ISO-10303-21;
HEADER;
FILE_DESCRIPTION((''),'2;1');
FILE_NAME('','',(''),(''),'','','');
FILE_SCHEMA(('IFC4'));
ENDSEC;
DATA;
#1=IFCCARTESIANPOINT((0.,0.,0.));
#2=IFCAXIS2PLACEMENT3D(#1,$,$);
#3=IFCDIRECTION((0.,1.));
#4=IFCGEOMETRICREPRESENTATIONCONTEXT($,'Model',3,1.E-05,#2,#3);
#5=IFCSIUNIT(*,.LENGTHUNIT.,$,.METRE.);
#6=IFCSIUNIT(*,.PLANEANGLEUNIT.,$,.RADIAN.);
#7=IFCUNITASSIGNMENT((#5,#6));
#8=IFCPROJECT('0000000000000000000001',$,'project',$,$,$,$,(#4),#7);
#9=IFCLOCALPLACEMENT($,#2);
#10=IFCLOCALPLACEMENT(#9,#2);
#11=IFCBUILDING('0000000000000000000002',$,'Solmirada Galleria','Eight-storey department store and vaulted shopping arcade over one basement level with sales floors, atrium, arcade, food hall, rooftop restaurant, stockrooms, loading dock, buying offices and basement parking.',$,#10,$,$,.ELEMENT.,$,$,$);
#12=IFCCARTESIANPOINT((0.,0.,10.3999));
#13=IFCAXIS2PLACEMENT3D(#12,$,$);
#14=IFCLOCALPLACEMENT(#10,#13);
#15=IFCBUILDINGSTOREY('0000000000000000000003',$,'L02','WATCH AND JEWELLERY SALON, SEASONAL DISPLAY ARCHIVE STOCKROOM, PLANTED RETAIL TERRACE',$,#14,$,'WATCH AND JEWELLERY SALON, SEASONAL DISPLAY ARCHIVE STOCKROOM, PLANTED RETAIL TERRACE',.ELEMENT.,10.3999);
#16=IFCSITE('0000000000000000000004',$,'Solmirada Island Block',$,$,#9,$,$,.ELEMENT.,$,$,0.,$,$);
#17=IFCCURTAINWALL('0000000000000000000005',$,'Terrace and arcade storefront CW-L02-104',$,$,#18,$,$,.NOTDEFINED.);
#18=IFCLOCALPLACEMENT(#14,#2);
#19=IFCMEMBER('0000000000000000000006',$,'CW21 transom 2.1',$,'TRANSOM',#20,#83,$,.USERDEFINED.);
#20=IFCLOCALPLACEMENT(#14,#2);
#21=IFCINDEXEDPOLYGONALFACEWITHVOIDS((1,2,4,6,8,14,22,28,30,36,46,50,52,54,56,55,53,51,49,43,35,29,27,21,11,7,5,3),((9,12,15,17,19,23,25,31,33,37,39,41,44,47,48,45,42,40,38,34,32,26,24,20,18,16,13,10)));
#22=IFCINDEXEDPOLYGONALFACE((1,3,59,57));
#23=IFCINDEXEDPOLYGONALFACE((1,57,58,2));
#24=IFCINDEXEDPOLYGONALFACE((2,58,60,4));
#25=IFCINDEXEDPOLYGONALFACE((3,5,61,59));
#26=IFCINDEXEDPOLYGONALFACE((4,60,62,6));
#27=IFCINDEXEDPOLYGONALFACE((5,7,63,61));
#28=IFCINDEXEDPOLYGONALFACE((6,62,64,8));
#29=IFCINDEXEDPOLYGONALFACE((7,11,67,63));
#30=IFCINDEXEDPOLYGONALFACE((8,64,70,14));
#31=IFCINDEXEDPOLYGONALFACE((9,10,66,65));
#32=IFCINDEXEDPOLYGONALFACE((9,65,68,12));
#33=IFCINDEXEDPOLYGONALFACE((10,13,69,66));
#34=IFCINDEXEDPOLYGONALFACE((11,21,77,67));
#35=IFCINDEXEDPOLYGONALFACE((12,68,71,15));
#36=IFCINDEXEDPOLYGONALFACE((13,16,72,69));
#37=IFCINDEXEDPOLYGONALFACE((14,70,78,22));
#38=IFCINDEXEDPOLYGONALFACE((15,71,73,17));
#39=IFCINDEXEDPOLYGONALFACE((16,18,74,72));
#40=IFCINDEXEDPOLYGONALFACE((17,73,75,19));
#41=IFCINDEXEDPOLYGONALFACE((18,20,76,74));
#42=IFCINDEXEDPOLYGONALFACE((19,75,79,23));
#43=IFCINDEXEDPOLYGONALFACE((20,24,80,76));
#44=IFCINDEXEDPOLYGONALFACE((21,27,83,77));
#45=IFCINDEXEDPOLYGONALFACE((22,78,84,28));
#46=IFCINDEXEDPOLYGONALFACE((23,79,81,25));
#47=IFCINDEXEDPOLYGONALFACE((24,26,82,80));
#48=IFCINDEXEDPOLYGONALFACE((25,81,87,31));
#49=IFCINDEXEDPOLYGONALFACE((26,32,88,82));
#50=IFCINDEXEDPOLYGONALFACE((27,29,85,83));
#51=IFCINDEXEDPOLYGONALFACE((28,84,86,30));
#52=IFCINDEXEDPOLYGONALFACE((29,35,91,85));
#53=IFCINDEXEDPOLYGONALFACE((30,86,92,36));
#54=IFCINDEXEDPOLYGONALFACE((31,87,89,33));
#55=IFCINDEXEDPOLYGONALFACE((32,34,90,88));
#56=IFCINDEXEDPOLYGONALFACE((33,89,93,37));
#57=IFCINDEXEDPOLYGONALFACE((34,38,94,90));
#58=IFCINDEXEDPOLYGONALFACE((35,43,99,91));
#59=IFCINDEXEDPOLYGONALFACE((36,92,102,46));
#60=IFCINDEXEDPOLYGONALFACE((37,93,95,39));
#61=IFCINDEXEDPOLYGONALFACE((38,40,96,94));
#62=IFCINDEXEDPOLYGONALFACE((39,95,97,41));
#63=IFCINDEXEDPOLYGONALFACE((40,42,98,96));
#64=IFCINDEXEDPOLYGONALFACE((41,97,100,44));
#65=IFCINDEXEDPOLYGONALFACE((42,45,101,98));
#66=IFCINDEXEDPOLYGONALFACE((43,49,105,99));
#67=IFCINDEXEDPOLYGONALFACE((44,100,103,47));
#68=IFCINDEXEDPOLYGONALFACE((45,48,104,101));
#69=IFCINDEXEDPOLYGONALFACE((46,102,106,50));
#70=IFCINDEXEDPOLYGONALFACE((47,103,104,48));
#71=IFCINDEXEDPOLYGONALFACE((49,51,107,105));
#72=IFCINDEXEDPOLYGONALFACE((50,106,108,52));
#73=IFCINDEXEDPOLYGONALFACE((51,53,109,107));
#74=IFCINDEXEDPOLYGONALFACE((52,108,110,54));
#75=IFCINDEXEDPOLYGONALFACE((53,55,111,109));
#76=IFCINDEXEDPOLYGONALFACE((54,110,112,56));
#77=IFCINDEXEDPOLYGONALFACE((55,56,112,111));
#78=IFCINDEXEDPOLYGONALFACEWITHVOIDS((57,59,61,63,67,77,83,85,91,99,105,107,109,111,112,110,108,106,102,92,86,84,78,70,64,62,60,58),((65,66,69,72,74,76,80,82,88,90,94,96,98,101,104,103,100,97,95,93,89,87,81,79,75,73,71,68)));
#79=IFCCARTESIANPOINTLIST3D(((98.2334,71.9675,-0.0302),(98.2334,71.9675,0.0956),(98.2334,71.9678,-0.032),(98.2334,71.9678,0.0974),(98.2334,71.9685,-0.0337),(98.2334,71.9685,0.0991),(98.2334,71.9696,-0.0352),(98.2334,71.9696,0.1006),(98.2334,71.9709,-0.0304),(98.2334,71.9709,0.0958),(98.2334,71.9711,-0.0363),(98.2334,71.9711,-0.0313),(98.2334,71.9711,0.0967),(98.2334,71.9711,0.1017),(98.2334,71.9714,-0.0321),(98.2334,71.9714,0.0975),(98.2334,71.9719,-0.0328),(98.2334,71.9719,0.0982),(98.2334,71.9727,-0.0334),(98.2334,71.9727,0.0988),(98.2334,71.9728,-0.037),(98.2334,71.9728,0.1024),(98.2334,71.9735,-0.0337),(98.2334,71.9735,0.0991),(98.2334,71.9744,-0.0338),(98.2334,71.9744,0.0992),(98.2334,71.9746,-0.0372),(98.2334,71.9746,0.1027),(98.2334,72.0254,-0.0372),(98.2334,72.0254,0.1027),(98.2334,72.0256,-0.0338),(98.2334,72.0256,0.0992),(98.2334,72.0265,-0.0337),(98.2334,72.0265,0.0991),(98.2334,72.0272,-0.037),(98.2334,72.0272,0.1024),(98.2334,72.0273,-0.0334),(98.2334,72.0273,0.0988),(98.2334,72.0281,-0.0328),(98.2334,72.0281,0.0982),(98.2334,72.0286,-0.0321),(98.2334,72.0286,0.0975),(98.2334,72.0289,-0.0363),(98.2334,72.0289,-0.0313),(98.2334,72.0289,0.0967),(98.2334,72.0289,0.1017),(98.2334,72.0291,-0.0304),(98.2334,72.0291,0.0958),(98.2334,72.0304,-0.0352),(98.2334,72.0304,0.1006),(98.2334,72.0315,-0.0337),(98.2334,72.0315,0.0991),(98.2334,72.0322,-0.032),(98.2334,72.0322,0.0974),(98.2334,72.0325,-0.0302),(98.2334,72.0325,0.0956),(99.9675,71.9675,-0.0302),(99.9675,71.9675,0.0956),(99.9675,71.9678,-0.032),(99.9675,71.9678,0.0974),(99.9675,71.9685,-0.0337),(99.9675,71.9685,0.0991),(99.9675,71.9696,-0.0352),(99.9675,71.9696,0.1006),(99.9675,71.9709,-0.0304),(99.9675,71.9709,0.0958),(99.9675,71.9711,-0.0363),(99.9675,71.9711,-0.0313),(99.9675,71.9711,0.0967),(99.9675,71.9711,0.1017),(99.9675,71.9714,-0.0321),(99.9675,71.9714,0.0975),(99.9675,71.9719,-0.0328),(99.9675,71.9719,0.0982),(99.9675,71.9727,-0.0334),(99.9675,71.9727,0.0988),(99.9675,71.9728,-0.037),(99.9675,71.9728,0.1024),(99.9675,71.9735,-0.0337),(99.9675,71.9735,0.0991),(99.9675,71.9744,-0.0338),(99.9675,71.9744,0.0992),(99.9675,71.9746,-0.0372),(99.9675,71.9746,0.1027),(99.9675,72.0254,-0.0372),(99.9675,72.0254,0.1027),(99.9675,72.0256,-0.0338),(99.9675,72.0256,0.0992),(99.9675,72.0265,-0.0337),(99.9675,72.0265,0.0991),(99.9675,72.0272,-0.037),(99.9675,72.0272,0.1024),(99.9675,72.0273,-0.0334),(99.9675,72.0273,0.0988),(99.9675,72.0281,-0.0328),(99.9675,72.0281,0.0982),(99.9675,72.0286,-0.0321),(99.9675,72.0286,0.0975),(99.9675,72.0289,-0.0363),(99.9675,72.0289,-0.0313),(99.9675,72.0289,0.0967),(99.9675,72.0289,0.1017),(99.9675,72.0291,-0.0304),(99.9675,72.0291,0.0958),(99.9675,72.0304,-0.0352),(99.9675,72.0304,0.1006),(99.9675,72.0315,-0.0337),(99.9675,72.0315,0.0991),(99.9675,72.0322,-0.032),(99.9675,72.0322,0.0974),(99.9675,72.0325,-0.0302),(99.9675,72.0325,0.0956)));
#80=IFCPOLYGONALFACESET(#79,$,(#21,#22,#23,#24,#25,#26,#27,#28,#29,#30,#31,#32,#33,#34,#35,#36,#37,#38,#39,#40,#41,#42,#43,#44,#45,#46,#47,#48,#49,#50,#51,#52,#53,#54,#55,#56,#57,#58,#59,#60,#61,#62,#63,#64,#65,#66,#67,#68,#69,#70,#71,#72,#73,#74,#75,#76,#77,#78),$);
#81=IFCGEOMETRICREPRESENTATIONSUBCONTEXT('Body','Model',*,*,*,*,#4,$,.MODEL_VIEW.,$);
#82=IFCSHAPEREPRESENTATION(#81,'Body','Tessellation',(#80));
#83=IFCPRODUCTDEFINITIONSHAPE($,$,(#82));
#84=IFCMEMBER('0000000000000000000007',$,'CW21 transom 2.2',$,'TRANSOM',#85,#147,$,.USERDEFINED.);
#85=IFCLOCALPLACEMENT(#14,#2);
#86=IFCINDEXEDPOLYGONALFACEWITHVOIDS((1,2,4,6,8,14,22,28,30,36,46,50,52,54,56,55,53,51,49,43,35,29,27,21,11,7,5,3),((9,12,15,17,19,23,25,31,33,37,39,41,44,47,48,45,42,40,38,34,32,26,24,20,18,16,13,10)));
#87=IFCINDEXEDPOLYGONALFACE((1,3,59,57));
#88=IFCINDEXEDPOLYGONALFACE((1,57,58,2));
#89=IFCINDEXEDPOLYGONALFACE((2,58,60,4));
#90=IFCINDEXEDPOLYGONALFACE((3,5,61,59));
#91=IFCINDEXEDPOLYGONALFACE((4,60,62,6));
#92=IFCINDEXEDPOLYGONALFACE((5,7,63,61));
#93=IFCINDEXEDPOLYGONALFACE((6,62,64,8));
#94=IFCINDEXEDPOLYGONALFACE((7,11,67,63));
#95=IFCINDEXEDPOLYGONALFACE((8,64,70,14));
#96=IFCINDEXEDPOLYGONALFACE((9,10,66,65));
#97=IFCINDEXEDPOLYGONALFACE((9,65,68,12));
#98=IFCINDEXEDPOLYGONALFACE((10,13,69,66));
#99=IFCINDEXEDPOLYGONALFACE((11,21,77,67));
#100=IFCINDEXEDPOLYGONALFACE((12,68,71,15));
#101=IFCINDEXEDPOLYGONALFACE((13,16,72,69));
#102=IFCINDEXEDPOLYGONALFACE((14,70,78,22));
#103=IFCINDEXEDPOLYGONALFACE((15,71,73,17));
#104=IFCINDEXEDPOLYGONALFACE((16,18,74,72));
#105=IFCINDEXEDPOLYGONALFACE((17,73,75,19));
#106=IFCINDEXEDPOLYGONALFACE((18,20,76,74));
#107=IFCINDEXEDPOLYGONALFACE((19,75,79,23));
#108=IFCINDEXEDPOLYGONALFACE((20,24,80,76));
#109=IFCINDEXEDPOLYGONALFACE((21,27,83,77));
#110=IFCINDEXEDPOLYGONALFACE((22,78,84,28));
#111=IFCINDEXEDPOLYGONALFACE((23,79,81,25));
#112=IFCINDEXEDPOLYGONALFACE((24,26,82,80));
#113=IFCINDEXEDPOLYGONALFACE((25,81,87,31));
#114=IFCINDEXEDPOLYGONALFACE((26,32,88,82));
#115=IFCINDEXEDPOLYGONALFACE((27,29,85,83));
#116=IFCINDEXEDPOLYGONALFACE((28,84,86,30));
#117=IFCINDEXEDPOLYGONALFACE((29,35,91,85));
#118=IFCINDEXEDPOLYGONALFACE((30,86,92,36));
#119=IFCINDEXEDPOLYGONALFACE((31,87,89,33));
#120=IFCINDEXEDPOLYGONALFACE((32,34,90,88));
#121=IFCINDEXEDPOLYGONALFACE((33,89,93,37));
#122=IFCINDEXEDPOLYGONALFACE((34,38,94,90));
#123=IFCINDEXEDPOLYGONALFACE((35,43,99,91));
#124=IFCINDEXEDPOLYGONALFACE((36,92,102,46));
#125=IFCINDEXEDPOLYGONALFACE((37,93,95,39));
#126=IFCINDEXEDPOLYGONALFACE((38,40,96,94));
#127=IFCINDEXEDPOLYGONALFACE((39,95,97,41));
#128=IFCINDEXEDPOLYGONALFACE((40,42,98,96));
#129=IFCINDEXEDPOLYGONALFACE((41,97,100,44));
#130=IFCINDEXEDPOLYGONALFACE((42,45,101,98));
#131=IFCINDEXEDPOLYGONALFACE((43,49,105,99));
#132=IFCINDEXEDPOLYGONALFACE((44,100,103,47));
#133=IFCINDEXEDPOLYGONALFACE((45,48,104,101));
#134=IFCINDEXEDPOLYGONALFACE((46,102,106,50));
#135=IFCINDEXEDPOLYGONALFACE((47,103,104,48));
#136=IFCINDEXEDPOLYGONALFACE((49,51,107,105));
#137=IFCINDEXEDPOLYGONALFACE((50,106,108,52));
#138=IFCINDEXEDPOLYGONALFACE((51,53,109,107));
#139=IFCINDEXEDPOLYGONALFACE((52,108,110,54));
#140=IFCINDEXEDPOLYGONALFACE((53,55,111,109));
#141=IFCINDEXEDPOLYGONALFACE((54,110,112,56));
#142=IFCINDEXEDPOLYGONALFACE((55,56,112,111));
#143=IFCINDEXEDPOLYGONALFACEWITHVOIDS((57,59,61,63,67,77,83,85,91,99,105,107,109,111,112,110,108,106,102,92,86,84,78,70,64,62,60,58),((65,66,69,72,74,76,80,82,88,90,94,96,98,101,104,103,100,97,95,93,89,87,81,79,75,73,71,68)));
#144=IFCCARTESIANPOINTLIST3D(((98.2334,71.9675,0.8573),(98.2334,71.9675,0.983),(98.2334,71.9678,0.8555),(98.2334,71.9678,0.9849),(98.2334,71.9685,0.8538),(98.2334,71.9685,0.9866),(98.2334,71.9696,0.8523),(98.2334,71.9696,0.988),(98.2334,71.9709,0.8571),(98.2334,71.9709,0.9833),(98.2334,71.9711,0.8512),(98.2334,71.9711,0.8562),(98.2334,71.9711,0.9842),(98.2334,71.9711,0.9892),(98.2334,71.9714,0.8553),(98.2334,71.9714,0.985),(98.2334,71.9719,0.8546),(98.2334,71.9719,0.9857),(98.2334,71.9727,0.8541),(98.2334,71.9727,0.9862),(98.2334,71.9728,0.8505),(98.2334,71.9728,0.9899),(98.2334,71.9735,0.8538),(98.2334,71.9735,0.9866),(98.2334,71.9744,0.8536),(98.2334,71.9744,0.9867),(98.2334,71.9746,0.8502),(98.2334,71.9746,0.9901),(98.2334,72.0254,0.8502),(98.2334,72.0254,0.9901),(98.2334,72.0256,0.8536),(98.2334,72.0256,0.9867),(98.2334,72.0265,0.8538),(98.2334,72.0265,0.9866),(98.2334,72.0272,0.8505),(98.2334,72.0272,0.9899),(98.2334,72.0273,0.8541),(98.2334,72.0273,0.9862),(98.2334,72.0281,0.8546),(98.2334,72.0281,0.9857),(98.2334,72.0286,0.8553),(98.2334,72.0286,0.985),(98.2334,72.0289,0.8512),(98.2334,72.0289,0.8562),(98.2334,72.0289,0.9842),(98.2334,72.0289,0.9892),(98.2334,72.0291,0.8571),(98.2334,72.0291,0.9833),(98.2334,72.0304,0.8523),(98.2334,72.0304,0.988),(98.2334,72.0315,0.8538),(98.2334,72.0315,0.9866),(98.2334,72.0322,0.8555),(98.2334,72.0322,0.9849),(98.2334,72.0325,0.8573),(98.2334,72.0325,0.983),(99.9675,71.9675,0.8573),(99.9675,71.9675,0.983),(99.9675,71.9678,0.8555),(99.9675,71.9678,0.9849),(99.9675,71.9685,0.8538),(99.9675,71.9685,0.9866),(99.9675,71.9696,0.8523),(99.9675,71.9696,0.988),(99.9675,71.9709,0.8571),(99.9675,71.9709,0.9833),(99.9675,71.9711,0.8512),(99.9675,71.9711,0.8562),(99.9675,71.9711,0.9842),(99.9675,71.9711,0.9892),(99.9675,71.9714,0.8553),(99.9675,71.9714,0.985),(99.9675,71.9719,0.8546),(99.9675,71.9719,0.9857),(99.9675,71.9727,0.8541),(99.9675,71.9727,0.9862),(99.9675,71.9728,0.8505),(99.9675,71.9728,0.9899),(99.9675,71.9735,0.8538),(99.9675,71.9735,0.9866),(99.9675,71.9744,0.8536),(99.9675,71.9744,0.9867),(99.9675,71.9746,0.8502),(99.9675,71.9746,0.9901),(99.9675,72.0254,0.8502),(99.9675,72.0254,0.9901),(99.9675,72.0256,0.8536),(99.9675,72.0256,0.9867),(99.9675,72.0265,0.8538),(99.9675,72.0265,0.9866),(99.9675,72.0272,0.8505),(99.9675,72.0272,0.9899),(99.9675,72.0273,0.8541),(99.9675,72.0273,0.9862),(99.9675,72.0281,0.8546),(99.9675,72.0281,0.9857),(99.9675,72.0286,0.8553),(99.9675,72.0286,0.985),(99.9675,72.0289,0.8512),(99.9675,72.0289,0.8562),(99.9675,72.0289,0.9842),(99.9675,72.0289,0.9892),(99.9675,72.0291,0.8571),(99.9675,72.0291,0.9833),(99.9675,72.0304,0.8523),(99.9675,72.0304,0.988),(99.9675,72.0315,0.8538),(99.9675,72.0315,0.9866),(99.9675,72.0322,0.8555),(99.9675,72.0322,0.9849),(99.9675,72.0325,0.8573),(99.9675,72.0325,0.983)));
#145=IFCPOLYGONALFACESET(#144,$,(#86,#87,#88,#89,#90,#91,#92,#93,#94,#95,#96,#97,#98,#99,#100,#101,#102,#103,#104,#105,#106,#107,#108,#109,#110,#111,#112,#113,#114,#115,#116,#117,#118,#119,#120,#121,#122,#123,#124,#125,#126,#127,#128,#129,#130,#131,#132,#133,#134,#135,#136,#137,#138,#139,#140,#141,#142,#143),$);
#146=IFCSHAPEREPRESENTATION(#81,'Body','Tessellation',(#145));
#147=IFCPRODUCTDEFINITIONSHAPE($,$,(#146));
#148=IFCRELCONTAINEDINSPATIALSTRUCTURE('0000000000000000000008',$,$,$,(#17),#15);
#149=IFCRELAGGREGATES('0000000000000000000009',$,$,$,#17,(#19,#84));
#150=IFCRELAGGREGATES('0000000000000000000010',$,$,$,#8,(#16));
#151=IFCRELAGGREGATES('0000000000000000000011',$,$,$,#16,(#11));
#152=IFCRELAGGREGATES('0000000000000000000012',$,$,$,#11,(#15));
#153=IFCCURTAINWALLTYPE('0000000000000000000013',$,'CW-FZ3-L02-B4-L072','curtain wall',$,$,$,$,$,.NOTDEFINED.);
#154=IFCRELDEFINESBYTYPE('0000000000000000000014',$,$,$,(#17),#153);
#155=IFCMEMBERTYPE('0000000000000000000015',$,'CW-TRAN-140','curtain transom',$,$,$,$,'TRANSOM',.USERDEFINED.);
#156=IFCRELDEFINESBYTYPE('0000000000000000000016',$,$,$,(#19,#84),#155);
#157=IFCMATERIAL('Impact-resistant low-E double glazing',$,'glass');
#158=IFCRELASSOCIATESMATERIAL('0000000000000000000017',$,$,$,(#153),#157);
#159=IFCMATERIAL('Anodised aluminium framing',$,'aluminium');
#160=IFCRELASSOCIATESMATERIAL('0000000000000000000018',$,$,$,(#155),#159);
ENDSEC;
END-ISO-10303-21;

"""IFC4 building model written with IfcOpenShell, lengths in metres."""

from ifc_helpers import new_model, si_unit, direction, frame, origin, origin_2d, place, context, subcontext, project, spatial, hollow_rectangle, extrude, material, material_profile, profile_set, type_object, element, aggregate, save


model = new_model("IFC4")

# Units and contexts
model_context = context("Model", 3, precision=1e-05, world=origin(), true_north=direction((0.0, 1.0)))
body_context = subcontext(model_context, "Body", "Model", "MODEL_VIEW")
ifc_project = project(units=[si_unit("LENGTHUNIT", "METRE"), si_unit("PLANEANGLEUNIT", "RADIAN")], contexts=[model_context])

# Site, building, storey
site_placement = place(None, origin())
site = spatial("IfcSite", under=ifc_project, at=site_placement, Name="Solmirada Island Block", CompositionType="ELEMENT", RefElevation=0.0)
building_placement = place(site_placement, origin())
building = spatial("IfcBuilding", under=site, at=building_placement, Name="Solmirada Galleria", Description="Eight-storey department store and vaulted shopping arcade over one basement level with sales floors, atrium, arcade, food hall, rooftop restaurant, stockrooms, loading dock, buying offices and basement parking.", CompositionType="ELEMENT")
storey_placement = place(building_placement, frame((0.0, 0.0, 10.3999)))
storey = spatial("IfcBuildingStorey", under=building, at=storey_placement, Name="L02", Description="WATCH AND JEWELLERY SALON, SEASONAL DISPLAY ARCHIVE STOCKROOM, PLANTED RETAIL TERRACE", LongName="WATCH AND JEWELLERY SALON, SEASONAL DISPLAY ARCHIVE STOCKROOM, PLANTED RETAIL TERRACE", CompositionType="ELEMENT", Elevation=10.3999)

# Curtain wall, members
ifc_material_1 = material(Name="Impact-resistant low-E double glazing", Category="glass")
curtain_wall_type = type_object("IfcCurtainWallType", Name="CW-FZ3-L02-B4-L072", Description="curtain wall", PredefinedType="NOTDEFINED", material=ifc_material_1)
curtain_wall_placement = place(storey_placement, origin())
curtain_wall = element("IfcCurtainWall", 1, at=curtain_wall_placement, inside=storey, type_object=curtain_wall_type, Name="Terrace and arcade storefront CW-L02-104", PredefinedType="NOTDEFINED")
ifc_material_2 = material(Name="Anodised aluminium framing", Category="aluminium")
ifc_material_profile_1 = material_profile(ifc_material_2, hollow_rectangle(XDim=0.0649, YDim=0.1399, WallThickness=0.0034, InnerFilletRadius=0.0034, OuterFilletRadius=0.0071, at=origin_2d()), Name="ALU-TRAN-140X65")
ifc_profile_set_1 = profile_set([ifc_material_profile_1], Name="Anodised aluminium framing")
member_type_1 = type_object("IfcMemberType", Name="CW-TRAN-140", Description="curtain transom", ElementType="TRANSOM", PredefinedType="USERDEFINED", material=ifc_profile_set_1)
member_1_placement = place(storey_placement, frame((98.2334, 72.0, 0.0327), z_axis=(1.0, 0.0, 0.0), x_axis=(0.0, 1.0, 0.0)))
member_1 = element("IfcMember", 2, at=member_1_placement, type_object=member_type_1, Name="CW21 transom 2.1", ObjectType="TRANSOM", PredefinedType="USERDEFINED", context=body_context, shape_type="SweptSolid", body=[
    extrude(hollow_rectangle(XDim=0.0649, YDim=0.1399, WallThickness=0.0034, InnerFilletRadius=0.0034, OuterFilletRadius=0.0071, at=origin_2d()), origin(), (0.0, 0.0, 1.0), 1.7341),
])
member_2_placement = place(storey_placement, frame((98.2334, 72.0, 0.9202), z_axis=(1.0, 0.0, 0.0), x_axis=(0.0, 1.0, 0.0)))
member_2 = element("IfcMember", 3, at=member_2_placement, type_object=member_type_1, Name="CW21 transom 2.2", ObjectType="TRANSOM", PredefinedType="USERDEFINED", context=body_context, shape_type="SweptSolid", body=[
    extrude(hollow_rectangle(XDim=0.0649, YDim=0.1399, WallThickness=0.0034, InnerFilletRadius=0.0034, OuterFilletRadius=0.0071, at=origin_2d()), origin(), (0.0, 0.0, 1.0), 1.7341),
])
aggregate(curtain_wall, [member_1, member_2])

save(model, "model.ifc")
